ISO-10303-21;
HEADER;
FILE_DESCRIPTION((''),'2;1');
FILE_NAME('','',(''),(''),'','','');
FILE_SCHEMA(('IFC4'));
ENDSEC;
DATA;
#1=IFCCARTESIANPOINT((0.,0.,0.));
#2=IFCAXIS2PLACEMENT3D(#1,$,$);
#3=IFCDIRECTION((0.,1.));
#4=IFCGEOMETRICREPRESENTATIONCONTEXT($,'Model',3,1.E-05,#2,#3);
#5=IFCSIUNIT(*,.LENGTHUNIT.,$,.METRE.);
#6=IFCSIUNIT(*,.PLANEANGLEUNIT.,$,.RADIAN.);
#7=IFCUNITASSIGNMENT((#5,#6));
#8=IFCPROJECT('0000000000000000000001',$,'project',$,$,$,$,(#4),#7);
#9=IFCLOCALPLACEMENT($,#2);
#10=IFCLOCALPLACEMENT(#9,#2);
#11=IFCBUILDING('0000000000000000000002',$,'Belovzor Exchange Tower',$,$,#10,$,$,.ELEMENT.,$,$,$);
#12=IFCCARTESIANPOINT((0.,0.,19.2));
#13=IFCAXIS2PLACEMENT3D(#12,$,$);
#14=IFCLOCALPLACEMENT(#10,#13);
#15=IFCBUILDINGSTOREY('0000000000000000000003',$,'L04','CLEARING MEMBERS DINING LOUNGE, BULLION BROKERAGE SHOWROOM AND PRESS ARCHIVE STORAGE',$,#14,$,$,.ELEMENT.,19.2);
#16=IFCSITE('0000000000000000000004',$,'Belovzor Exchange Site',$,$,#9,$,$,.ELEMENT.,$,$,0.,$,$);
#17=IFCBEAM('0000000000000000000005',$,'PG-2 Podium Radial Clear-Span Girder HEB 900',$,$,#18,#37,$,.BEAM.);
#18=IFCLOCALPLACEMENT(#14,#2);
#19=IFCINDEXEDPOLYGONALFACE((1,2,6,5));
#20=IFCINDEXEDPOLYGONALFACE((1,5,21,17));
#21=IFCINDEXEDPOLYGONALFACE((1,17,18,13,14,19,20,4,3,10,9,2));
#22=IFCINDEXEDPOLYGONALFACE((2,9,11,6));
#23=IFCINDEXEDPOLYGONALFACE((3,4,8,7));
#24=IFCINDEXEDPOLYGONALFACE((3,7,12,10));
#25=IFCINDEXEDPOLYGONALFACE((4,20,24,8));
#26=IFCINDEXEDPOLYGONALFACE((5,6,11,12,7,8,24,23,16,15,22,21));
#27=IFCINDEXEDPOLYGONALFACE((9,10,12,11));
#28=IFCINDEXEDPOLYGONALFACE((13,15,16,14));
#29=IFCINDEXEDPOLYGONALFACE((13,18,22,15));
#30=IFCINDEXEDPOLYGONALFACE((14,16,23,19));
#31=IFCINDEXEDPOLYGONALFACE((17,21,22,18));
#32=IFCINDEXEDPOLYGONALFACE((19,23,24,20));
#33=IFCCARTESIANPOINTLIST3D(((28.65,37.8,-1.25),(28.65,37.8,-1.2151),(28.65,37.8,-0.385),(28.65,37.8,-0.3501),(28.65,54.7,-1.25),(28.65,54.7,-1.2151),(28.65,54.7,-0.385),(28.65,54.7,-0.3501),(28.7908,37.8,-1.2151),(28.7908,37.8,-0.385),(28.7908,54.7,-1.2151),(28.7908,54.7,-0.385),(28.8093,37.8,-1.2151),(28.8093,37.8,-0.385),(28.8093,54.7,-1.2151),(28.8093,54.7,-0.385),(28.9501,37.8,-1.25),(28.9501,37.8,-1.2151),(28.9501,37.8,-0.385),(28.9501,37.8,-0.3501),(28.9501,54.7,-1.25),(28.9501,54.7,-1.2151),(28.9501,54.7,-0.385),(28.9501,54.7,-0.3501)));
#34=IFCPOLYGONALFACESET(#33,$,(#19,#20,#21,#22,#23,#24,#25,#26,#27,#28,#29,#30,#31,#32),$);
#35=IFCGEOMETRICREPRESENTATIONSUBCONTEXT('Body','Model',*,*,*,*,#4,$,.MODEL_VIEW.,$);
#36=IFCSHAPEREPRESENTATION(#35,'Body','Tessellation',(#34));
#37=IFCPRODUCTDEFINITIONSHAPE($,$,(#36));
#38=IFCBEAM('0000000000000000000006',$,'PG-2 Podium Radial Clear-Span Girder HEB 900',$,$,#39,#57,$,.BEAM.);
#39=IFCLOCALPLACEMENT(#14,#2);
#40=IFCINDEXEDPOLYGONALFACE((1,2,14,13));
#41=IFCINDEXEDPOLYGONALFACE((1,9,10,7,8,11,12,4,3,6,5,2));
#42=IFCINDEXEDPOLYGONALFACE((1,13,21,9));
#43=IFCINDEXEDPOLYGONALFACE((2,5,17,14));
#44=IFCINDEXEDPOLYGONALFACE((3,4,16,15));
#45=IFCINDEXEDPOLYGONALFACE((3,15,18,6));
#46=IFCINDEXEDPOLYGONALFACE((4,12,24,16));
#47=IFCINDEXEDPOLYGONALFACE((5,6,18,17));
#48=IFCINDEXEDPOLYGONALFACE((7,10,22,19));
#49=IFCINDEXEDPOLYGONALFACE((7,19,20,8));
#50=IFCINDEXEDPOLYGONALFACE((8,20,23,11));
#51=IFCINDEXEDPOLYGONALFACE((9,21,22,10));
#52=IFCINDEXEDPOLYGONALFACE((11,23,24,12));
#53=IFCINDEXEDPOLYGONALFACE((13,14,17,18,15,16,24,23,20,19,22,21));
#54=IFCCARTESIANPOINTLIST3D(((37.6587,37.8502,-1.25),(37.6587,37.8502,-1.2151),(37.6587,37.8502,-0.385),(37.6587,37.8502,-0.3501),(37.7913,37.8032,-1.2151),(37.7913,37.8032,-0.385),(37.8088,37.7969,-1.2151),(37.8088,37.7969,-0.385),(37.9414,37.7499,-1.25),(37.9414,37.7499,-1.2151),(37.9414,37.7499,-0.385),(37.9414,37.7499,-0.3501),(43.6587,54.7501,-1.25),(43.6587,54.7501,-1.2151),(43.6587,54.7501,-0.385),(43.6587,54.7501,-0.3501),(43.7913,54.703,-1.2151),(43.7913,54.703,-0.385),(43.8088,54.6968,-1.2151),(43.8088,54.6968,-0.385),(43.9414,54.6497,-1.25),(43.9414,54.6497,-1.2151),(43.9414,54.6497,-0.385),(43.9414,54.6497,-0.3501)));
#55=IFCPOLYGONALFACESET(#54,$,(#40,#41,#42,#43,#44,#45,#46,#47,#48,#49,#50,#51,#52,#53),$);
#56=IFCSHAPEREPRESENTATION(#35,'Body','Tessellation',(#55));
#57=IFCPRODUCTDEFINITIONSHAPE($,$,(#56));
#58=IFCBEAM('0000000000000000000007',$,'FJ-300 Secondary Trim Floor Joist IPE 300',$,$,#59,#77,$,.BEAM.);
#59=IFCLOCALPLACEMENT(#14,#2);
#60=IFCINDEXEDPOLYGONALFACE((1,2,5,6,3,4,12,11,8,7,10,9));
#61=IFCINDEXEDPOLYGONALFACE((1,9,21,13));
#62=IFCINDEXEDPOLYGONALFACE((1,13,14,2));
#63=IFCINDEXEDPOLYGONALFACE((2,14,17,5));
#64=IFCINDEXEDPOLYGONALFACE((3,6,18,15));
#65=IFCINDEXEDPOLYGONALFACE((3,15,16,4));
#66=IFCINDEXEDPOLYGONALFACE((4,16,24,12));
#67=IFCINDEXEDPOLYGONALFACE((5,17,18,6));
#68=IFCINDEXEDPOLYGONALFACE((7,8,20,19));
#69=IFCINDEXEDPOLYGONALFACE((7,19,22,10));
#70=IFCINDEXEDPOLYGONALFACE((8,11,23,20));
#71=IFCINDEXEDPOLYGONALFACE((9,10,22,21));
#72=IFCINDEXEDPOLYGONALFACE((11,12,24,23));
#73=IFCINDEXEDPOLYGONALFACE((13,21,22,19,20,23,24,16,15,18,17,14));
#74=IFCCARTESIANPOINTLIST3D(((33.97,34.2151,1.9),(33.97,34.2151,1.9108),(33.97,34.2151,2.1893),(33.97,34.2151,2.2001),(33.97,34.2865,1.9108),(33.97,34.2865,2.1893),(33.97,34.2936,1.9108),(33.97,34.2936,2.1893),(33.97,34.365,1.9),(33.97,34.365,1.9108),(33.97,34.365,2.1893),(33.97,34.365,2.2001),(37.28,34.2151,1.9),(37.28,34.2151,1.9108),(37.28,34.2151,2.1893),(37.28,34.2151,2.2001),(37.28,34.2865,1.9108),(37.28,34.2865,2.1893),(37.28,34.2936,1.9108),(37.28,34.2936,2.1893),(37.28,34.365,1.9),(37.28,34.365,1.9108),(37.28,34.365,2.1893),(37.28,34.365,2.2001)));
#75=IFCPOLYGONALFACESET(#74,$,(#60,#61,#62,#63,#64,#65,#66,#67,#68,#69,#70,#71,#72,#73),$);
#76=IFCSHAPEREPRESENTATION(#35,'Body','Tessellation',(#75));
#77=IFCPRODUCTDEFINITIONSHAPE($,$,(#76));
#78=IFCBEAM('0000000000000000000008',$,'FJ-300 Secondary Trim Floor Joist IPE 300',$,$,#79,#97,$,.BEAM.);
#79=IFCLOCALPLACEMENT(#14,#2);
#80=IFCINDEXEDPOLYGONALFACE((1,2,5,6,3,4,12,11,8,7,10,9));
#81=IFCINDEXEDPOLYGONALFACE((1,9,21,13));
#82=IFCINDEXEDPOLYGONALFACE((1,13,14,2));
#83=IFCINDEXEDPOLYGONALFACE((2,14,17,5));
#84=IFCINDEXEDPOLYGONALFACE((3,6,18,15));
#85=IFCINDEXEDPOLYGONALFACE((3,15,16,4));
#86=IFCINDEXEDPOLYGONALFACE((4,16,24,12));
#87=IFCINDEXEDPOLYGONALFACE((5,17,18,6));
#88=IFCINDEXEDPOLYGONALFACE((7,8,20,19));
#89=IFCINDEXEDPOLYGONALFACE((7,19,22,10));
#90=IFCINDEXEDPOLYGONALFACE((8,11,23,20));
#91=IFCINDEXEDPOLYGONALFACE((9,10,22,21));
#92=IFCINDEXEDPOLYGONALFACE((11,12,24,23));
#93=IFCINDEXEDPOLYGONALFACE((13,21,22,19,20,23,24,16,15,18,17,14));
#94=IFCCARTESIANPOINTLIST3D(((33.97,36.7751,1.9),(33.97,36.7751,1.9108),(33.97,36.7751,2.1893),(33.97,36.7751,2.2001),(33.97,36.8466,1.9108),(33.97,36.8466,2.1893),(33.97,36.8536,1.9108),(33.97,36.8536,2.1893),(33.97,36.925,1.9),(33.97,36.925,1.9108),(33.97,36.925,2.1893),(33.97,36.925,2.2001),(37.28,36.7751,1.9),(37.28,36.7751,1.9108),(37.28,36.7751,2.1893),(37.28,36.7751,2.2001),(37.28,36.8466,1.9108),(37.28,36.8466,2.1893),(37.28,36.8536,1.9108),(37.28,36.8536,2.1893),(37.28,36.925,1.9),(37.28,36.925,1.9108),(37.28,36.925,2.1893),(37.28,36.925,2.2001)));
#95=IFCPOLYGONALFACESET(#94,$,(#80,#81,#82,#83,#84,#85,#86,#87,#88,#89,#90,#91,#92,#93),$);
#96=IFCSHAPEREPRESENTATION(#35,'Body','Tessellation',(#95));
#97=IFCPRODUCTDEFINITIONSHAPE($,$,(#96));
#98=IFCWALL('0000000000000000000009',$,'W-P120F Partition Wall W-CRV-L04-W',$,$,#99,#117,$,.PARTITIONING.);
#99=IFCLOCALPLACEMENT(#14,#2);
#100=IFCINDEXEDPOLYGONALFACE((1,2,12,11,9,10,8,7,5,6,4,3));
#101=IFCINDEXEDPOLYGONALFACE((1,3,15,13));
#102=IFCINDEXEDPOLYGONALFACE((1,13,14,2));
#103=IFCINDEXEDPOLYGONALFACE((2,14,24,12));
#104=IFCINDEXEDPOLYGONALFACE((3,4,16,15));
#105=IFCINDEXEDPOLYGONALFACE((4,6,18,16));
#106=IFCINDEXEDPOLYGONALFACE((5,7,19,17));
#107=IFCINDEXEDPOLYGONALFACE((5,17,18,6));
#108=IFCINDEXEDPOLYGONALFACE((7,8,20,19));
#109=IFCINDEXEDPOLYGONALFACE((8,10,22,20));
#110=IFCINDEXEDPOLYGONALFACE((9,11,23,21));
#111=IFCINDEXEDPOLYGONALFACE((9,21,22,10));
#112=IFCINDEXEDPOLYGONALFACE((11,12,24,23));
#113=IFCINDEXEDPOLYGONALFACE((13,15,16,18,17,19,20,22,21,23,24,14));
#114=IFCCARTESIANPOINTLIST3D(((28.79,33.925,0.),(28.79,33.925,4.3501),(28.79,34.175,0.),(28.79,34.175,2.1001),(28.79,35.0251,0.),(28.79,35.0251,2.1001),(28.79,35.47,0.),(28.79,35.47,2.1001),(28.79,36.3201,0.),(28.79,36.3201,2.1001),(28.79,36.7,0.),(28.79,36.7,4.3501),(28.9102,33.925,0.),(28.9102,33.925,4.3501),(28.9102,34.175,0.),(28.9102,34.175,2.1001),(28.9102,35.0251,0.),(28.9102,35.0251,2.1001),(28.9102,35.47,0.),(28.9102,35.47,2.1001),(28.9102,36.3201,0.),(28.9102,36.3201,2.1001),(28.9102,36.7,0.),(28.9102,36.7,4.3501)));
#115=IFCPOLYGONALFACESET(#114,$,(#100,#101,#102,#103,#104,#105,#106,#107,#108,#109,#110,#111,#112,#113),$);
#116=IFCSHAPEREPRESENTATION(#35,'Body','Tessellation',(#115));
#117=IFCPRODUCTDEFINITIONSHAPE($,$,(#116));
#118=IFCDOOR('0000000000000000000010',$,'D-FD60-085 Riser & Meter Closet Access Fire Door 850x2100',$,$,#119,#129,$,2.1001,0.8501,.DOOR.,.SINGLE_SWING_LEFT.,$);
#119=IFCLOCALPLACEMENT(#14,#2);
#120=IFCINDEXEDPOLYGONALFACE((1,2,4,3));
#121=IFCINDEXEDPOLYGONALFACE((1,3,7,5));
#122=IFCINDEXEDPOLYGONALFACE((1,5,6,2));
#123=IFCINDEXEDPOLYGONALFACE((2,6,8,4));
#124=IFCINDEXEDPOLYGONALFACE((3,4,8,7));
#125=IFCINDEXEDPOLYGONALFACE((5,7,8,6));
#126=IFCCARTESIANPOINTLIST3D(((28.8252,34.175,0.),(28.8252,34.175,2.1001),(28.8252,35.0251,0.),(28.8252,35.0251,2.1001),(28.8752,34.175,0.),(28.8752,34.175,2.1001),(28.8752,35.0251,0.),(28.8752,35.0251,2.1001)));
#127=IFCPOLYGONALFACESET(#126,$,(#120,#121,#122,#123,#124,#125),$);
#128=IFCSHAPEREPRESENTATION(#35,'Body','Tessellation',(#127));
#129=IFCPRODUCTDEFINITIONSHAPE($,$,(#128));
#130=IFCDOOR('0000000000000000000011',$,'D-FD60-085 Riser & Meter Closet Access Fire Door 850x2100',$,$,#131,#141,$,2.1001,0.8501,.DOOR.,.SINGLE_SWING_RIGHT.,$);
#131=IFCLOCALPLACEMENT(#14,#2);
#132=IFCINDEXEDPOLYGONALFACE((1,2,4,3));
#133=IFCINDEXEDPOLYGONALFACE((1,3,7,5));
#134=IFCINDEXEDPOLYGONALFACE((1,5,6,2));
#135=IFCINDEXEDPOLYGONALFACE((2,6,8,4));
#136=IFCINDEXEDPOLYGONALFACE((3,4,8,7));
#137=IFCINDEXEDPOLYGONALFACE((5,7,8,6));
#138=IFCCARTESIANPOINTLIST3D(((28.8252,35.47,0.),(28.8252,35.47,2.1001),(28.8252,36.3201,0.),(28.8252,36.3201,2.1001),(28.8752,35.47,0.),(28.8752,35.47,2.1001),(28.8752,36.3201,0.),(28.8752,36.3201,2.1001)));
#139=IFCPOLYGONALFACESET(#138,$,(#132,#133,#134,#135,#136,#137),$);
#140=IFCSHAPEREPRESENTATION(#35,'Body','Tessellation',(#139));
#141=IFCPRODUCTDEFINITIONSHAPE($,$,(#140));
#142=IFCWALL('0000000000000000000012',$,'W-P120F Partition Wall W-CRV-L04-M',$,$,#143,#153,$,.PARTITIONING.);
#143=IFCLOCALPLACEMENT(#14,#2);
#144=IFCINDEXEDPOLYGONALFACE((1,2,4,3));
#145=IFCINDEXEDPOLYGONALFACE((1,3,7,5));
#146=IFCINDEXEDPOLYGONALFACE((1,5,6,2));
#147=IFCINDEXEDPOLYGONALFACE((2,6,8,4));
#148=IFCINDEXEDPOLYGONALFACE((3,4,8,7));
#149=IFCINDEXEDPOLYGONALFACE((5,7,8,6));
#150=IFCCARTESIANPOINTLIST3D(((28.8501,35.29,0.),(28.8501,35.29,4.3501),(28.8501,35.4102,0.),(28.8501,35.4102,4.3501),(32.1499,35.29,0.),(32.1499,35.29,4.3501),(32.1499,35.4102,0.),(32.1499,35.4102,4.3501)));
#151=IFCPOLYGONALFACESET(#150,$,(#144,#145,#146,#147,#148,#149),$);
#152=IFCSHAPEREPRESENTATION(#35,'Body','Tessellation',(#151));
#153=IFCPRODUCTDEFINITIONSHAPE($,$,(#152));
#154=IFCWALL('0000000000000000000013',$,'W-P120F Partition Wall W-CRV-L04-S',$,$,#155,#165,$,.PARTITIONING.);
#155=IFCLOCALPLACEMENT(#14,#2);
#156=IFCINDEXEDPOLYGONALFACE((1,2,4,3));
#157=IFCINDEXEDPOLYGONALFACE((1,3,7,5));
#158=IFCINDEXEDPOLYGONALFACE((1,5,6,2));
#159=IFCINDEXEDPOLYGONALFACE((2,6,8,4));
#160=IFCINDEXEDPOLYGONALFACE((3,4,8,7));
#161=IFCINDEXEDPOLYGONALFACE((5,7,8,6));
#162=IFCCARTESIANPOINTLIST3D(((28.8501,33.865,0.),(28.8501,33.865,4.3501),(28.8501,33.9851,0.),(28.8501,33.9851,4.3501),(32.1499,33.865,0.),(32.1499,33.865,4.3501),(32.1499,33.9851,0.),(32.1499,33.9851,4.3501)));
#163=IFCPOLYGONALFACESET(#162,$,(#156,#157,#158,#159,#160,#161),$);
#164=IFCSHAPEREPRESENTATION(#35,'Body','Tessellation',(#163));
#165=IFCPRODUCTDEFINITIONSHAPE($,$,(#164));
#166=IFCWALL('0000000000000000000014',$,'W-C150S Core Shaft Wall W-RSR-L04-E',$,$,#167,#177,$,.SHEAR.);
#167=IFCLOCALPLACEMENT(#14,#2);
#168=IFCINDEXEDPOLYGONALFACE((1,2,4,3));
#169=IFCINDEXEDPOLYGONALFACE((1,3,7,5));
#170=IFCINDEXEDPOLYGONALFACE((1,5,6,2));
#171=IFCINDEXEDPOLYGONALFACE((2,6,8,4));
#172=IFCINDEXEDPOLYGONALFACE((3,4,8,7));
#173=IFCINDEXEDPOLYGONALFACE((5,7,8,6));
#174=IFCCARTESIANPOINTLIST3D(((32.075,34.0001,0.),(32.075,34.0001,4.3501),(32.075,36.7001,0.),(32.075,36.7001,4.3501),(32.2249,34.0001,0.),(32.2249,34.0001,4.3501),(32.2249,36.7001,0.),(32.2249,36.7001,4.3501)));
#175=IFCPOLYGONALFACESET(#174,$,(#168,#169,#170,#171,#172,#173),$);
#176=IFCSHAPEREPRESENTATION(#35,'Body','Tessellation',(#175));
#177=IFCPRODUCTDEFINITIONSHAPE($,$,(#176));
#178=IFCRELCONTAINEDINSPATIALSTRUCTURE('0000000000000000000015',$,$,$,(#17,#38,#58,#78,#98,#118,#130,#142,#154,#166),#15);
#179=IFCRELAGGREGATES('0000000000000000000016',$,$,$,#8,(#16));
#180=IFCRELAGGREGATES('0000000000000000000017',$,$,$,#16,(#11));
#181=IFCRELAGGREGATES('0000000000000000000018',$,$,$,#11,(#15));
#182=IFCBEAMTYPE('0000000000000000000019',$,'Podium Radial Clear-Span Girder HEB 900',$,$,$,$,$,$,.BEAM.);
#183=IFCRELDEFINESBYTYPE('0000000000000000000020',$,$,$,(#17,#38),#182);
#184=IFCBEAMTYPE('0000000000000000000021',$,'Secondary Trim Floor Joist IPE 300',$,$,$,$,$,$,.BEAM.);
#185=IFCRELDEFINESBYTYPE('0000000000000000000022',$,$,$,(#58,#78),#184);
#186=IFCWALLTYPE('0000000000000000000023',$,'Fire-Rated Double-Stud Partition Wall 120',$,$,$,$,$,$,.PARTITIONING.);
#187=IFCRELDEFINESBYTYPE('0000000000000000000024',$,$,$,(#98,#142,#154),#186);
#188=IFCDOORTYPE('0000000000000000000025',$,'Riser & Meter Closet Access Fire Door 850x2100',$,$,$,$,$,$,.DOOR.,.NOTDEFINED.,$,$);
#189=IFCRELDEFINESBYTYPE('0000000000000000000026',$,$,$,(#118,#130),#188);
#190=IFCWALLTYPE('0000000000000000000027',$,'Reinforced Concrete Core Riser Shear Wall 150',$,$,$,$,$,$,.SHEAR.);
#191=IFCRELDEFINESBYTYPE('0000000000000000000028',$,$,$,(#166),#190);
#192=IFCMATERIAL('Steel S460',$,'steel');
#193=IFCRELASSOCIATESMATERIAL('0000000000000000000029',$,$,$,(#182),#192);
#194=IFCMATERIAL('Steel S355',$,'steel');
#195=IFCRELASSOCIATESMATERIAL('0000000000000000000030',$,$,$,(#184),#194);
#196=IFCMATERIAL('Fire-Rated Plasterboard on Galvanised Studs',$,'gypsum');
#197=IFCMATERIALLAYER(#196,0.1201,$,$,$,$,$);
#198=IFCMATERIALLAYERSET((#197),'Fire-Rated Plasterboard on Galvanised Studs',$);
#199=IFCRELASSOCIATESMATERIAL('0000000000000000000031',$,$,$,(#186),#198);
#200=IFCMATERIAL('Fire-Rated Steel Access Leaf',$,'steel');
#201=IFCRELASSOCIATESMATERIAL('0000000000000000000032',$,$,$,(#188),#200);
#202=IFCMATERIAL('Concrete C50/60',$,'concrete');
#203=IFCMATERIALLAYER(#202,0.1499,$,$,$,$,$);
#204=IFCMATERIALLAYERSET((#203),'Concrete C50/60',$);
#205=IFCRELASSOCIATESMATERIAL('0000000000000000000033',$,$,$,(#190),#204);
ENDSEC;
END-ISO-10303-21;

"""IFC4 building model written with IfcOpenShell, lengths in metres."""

from ifc_helpers import new_model, si_unit, direction, frame, frame_2d, origin, origin_2d, place, context, subcontext, project, spatial, rectangle, i_section, extrude, material, layer, layer_set, material_profile, profile_set, type_object, element, fill, save


model = new_model("IFC4")

# Units and contexts
model_context = context("Model", 3, precision=1e-05, world=origin(), true_north=direction((0.0, 1.0)))
body_context = subcontext(model_context, "Body", "Model", "MODEL_VIEW")
ifc_project = project(units=[si_unit("LENGTHUNIT", "METRE"), si_unit("PLANEANGLEUNIT", "RADIAN")], contexts=[model_context])

# Site, building, storey
site_placement = place(None, origin())
site = spatial("IfcSite", under=ifc_project, at=site_placement, Name="Belovzor Exchange Site", CompositionType="ELEMENT", RefElevation=0.0)
building_placement = place(site_placement, origin())
building = spatial("IfcBuilding", under=site, at=building_placement, Name="Belovzor Exchange Tower", CompositionType="ELEMENT")
storey_placement = place(building_placement, frame((0.0, 0.0, 19.2)))
storey = spatial("IfcBuildingStorey", under=building, at=storey_placement, Name="L04", Description="CLEARING MEMBERS DINING LOUNGE, BULLION BROKERAGE SHOWROOM AND PRESS ARCHIVE STORAGE", CompositionType="ELEMENT", Elevation=19.2)

# Beams
ifc_material_1 = material(Name="Steel S460", Category="steel")
ifc_material_profile_1 = material_profile(ifc_material_1, i_section(OverallWidth=0.3, OverallDepth=0.8999, WebThickness=0.0186, FlangeThickness=0.0349, at=origin_2d()))
ifc_profile_set_1 = profile_set([ifc_material_profile_1], Name="Steel S460")
beam_type_1 = type_object("IfcBeamType", Name="Podium Radial Clear-Span Girder HEB 900", PredefinedType="BEAM", material=ifc_profile_set_1)
beam_1_placement = place(storey_placement, frame((28.8, 37.8, -0.8), z_axis=(0.0, 1.0, 0.0), x_axis=(-1.0, 0.0, 0.0)))
element("IfcBeam", 1, at=beam_1_placement, inside=storey, type_object=beam_type_1, Name="PG-2 Podium Radial Clear-Span Girder HEB 900", PredefinedType="BEAM", context=body_context, shape_type="SweptSolid", body=[
    extrude(i_section(OverallWidth=0.3, OverallDepth=0.8999, WebThickness=0.0186, FlangeThickness=0.0349, at=origin_2d()), origin(), (0.0, 0.0, 1.0), 16.8999),
])
beam_2_placement = place(storey_placement, frame((37.8, 37.8, -0.8), z_axis=(0.334571, 0.94237, 0.0), x_axis=(-0.94237, 0.334571, 0.0)))
element("IfcBeam", 2, at=beam_2_placement, inside=storey, type_object=beam_type_1, Name="PG-2 Podium Radial Clear-Span Girder HEB 900", PredefinedType="BEAM", context=body_context, shape_type="SweptSolid", body=[
    extrude(i_section(OverallWidth=0.3, OverallDepth=0.8999, WebThickness=0.0186, FlangeThickness=0.0349, at=origin_2d()), origin(), (0.0, 0.0, 1.0), 17.9333),
])
ifc_material_2 = material(Name="Steel S355", Category="steel")
ifc_material_profile_2 = material_profile(ifc_material_2, i_section(OverallWidth=0.1499, OverallDepth=0.3, WebThickness=0.0071, FlangeThickness=0.0107, at=origin_2d()))
ifc_profile_set_2 = profile_set([ifc_material_profile_2], Name="Steel S355")
beam_type_2 = type_object("IfcBeamType", Name="Secondary Trim Floor Joist IPE 300", PredefinedType="BEAM", material=ifc_profile_set_2)
for number, where, z_axis, x_axis, name in (
    (3, (37.28, 34.29, 2.05), (-1.0, 0.0, 0.0), (0.0, -1.0, 0.0), "FJ-300 Secondary Trim Floor Joist IPE 300"),
    (4, (37.28, 36.8501, 2.05), (-1.0, 0.0, 0.0), (0.0, -1.0, 0.0), "FJ-300 Secondary Trim Floor Joist IPE 300"),
):
    element("IfcBeam", number, at=place(storey_placement, frame(where, z_axis=z_axis, x_axis=x_axis)), inside=storey, type_object=beam_type_2, Name=name, PredefinedType="BEAM", context=body_context, shape_type="SweptSolid", body=[
        extrude(i_section(OverallWidth=0.1499, OverallDepth=0.3, WebThickness=0.0071, FlangeThickness=0.0107, at=origin_2d()), origin(), (0.0, 0.0, 1.0), 3.3101),
    ])

# Wall, openings, doors
ifc_material_3 = material(Name="Fire-Rated Plasterboard on Galvanised Studs", Category="gypsum")
ifc_layer_1 = layer(ifc_material_3, 0.1201)
ifc_layer_set_1 = layer_set([ifc_layer_1], Name="Fire-Rated Plasterboard on Galvanised Studs")
wall_type_1 = type_object("IfcWallType", Name="Fire-Rated Double-Stud Partition Wall 120", PredefinedType="PARTITIONING", material=ifc_layer_set_1)
wall_1_placement = place(storey_placement, frame((28.8501, 33.925, 0.0), z_axis=(0.0, 0.0, 1.0), x_axis=(0.0, 1.0, 0.0)))
wall_1 = element("IfcWall", 5, at=wall_1_placement, inside=storey, type_object=wall_type_1, Name="W-P120F Partition Wall W-CRV-L04-W", PredefinedType="PARTITIONING", context=body_context, shape_type="SweptSolid", body=[
    extrude(rectangle(XDim=2.7749, YDim=0.1201, at=frame_2d((1.3875, 0.0))), origin(), (0.0, 0.0, 1.0), 4.3501),
])
opening_1_placement = place(wall_1_placement, frame((0.25, 0.0, 0.0)))
opening_1 = element("IfcOpeningElement", 6, at=opening_1_placement, cuts=wall_1, PredefinedType="OPENING", context=body_context, shape_type="SweptSolid", body=[
    extrude(rectangle(XDim=0.8501, YDim=2.1001, at=frame_2d((0.425, 1.05))), frame((0.0, 0.0701, 0.0), z_axis=(0.0, -1.0, 0.0), x_axis=(1.0, 0.0, 0.0)), (0.0, 0.0, 1.0), 0.1401),
])
opening_2_placement = place(wall_1_placement, frame((1.5449, 0.0, 0.0)))
opening_2 = element("IfcOpeningElement", 7, at=opening_2_placement, cuts=wall_1, PredefinedType="OPENING", context=body_context, shape_type="SweptSolid", body=[
    extrude(rectangle(XDim=0.8501, YDim=2.1001, at=frame_2d((0.425, 1.05))), frame((0.0, 0.0701, 0.0), z_axis=(0.0, -1.0, 0.0), x_axis=(1.0, 0.0, 0.0)), (0.0, 0.0, 1.0), 0.1401),
])
ifc_material_4 = material(Name="Fire-Rated Steel Access Leaf", Category="steel")
door_type = type_object("IfcDoorType", Name="Riser & Meter Closet Access Fire Door 850x2100", OperationType="NOTDEFINED", PredefinedType="DOOR", material=ifc_material_4)
door_1_placement = place(opening_1_placement, origin())
door_1 = element("IfcDoor", 8, at=door_1_placement, inside=storey, type_object=door_type, Name="D-FD60-085 Riser & Meter Closet Access Fire Door 850x2100", OperationType="SINGLE_SWING_LEFT", OverallHeight=2.1001, OverallWidth=0.8501, PredefinedType="DOOR", context=body_context, shape_type="SweptSolid", body=[
    extrude(rectangle(XDim=0.8501, YDim=2.1001, at=frame_2d((0.425, 1.05))), frame((0.0, 0.0249, 0.0), z_axis=(0.0, -1.0, 0.0), x_axis=(1.0, 0.0, 0.0)), (0.0, 0.0, 1.0), 0.05),
])
fill(opening_1, door_1)
door_2_placement = place(opening_2_placement, origin())
door_2 = element("IfcDoor", 9, at=door_2_placement, inside=storey, type_object=door_type, Name="D-FD60-085 Riser & Meter Closet Access Fire Door 850x2100", OperationType="SINGLE_SWING_RIGHT", OverallHeight=2.1001, OverallWidth=0.8501, PredefinedType="DOOR", context=body_context, shape_type="SweptSolid", body=[
    extrude(rectangle(XDim=0.8501, YDim=2.1001, at=frame_2d((0.425, 1.05))), frame((0.0, 0.0249, 0.0), z_axis=(0.0, -1.0, 0.0), x_axis=(1.0, 0.0, 0.0)), (0.0, 0.0, 1.0), 0.05),
])
fill(opening_2, door_2)

# Walls
for number, where, z_axis, x_axis, name in (
    (10, (28.8501, 35.3501, 0.0), (0.0, 0.0, 1.0), (1.0, 0.0, 0.0), "W-P120F Partition Wall W-CRV-L04-M"),
    (11, (28.8501, 33.925, 0.0), (0.0, 0.0, 1.0), (1.0, 0.0, 0.0), "W-P120F Partition Wall W-CRV-L04-S"),
):
    element("IfcWall", number, at=place(storey_placement, frame(where, z_axis=z_axis, x_axis=x_axis)), inside=storey, type_object=wall_type_1, Name=name, PredefinedType="PARTITIONING", context=body_context, shape_type="SweptSolid", body=[
        extrude(rectangle(XDim=3.2998, YDim=0.1201, at=frame_2d((1.6499, 0.0))), origin(), (0.0, 0.0, 1.0), 4.3501),
    ])
ifc_material_5 = material(Name="Concrete C50/60", Category="concrete")
ifc_layer_2 = layer(ifc_material_5, 0.1499)
ifc_layer_set_2 = layer_set([ifc_layer_2], Name="Concrete C50/60")
wall_type_2 = type_object("IfcWallType", Name="Reinforced Concrete Core Riser Shear Wall 150", PredefinedType="SHEAR", material=ifc_layer_set_2)
wall_2_placement = place(storey_placement, frame((32.1499, 34.0, 0.0), z_axis=(0.0, 0.0, 1.0), x_axis=(0.0, 1.0, 0.0)))
element("IfcWall", 12, at=wall_2_placement, inside=storey, type_object=wall_type_2, Name="W-C150S Core Shaft Wall W-RSR-L04-E", PredefinedType="SHEAR", context=body_context, shape_type="SweptSolid", body=[
    extrude(rectangle(XDim=2.7, YDim=0.1499, at=frame_2d((1.3501, 0.0))), origin(), (0.0, 0.0, 1.0), 4.3501),
])

save(model, "model.ifc")
